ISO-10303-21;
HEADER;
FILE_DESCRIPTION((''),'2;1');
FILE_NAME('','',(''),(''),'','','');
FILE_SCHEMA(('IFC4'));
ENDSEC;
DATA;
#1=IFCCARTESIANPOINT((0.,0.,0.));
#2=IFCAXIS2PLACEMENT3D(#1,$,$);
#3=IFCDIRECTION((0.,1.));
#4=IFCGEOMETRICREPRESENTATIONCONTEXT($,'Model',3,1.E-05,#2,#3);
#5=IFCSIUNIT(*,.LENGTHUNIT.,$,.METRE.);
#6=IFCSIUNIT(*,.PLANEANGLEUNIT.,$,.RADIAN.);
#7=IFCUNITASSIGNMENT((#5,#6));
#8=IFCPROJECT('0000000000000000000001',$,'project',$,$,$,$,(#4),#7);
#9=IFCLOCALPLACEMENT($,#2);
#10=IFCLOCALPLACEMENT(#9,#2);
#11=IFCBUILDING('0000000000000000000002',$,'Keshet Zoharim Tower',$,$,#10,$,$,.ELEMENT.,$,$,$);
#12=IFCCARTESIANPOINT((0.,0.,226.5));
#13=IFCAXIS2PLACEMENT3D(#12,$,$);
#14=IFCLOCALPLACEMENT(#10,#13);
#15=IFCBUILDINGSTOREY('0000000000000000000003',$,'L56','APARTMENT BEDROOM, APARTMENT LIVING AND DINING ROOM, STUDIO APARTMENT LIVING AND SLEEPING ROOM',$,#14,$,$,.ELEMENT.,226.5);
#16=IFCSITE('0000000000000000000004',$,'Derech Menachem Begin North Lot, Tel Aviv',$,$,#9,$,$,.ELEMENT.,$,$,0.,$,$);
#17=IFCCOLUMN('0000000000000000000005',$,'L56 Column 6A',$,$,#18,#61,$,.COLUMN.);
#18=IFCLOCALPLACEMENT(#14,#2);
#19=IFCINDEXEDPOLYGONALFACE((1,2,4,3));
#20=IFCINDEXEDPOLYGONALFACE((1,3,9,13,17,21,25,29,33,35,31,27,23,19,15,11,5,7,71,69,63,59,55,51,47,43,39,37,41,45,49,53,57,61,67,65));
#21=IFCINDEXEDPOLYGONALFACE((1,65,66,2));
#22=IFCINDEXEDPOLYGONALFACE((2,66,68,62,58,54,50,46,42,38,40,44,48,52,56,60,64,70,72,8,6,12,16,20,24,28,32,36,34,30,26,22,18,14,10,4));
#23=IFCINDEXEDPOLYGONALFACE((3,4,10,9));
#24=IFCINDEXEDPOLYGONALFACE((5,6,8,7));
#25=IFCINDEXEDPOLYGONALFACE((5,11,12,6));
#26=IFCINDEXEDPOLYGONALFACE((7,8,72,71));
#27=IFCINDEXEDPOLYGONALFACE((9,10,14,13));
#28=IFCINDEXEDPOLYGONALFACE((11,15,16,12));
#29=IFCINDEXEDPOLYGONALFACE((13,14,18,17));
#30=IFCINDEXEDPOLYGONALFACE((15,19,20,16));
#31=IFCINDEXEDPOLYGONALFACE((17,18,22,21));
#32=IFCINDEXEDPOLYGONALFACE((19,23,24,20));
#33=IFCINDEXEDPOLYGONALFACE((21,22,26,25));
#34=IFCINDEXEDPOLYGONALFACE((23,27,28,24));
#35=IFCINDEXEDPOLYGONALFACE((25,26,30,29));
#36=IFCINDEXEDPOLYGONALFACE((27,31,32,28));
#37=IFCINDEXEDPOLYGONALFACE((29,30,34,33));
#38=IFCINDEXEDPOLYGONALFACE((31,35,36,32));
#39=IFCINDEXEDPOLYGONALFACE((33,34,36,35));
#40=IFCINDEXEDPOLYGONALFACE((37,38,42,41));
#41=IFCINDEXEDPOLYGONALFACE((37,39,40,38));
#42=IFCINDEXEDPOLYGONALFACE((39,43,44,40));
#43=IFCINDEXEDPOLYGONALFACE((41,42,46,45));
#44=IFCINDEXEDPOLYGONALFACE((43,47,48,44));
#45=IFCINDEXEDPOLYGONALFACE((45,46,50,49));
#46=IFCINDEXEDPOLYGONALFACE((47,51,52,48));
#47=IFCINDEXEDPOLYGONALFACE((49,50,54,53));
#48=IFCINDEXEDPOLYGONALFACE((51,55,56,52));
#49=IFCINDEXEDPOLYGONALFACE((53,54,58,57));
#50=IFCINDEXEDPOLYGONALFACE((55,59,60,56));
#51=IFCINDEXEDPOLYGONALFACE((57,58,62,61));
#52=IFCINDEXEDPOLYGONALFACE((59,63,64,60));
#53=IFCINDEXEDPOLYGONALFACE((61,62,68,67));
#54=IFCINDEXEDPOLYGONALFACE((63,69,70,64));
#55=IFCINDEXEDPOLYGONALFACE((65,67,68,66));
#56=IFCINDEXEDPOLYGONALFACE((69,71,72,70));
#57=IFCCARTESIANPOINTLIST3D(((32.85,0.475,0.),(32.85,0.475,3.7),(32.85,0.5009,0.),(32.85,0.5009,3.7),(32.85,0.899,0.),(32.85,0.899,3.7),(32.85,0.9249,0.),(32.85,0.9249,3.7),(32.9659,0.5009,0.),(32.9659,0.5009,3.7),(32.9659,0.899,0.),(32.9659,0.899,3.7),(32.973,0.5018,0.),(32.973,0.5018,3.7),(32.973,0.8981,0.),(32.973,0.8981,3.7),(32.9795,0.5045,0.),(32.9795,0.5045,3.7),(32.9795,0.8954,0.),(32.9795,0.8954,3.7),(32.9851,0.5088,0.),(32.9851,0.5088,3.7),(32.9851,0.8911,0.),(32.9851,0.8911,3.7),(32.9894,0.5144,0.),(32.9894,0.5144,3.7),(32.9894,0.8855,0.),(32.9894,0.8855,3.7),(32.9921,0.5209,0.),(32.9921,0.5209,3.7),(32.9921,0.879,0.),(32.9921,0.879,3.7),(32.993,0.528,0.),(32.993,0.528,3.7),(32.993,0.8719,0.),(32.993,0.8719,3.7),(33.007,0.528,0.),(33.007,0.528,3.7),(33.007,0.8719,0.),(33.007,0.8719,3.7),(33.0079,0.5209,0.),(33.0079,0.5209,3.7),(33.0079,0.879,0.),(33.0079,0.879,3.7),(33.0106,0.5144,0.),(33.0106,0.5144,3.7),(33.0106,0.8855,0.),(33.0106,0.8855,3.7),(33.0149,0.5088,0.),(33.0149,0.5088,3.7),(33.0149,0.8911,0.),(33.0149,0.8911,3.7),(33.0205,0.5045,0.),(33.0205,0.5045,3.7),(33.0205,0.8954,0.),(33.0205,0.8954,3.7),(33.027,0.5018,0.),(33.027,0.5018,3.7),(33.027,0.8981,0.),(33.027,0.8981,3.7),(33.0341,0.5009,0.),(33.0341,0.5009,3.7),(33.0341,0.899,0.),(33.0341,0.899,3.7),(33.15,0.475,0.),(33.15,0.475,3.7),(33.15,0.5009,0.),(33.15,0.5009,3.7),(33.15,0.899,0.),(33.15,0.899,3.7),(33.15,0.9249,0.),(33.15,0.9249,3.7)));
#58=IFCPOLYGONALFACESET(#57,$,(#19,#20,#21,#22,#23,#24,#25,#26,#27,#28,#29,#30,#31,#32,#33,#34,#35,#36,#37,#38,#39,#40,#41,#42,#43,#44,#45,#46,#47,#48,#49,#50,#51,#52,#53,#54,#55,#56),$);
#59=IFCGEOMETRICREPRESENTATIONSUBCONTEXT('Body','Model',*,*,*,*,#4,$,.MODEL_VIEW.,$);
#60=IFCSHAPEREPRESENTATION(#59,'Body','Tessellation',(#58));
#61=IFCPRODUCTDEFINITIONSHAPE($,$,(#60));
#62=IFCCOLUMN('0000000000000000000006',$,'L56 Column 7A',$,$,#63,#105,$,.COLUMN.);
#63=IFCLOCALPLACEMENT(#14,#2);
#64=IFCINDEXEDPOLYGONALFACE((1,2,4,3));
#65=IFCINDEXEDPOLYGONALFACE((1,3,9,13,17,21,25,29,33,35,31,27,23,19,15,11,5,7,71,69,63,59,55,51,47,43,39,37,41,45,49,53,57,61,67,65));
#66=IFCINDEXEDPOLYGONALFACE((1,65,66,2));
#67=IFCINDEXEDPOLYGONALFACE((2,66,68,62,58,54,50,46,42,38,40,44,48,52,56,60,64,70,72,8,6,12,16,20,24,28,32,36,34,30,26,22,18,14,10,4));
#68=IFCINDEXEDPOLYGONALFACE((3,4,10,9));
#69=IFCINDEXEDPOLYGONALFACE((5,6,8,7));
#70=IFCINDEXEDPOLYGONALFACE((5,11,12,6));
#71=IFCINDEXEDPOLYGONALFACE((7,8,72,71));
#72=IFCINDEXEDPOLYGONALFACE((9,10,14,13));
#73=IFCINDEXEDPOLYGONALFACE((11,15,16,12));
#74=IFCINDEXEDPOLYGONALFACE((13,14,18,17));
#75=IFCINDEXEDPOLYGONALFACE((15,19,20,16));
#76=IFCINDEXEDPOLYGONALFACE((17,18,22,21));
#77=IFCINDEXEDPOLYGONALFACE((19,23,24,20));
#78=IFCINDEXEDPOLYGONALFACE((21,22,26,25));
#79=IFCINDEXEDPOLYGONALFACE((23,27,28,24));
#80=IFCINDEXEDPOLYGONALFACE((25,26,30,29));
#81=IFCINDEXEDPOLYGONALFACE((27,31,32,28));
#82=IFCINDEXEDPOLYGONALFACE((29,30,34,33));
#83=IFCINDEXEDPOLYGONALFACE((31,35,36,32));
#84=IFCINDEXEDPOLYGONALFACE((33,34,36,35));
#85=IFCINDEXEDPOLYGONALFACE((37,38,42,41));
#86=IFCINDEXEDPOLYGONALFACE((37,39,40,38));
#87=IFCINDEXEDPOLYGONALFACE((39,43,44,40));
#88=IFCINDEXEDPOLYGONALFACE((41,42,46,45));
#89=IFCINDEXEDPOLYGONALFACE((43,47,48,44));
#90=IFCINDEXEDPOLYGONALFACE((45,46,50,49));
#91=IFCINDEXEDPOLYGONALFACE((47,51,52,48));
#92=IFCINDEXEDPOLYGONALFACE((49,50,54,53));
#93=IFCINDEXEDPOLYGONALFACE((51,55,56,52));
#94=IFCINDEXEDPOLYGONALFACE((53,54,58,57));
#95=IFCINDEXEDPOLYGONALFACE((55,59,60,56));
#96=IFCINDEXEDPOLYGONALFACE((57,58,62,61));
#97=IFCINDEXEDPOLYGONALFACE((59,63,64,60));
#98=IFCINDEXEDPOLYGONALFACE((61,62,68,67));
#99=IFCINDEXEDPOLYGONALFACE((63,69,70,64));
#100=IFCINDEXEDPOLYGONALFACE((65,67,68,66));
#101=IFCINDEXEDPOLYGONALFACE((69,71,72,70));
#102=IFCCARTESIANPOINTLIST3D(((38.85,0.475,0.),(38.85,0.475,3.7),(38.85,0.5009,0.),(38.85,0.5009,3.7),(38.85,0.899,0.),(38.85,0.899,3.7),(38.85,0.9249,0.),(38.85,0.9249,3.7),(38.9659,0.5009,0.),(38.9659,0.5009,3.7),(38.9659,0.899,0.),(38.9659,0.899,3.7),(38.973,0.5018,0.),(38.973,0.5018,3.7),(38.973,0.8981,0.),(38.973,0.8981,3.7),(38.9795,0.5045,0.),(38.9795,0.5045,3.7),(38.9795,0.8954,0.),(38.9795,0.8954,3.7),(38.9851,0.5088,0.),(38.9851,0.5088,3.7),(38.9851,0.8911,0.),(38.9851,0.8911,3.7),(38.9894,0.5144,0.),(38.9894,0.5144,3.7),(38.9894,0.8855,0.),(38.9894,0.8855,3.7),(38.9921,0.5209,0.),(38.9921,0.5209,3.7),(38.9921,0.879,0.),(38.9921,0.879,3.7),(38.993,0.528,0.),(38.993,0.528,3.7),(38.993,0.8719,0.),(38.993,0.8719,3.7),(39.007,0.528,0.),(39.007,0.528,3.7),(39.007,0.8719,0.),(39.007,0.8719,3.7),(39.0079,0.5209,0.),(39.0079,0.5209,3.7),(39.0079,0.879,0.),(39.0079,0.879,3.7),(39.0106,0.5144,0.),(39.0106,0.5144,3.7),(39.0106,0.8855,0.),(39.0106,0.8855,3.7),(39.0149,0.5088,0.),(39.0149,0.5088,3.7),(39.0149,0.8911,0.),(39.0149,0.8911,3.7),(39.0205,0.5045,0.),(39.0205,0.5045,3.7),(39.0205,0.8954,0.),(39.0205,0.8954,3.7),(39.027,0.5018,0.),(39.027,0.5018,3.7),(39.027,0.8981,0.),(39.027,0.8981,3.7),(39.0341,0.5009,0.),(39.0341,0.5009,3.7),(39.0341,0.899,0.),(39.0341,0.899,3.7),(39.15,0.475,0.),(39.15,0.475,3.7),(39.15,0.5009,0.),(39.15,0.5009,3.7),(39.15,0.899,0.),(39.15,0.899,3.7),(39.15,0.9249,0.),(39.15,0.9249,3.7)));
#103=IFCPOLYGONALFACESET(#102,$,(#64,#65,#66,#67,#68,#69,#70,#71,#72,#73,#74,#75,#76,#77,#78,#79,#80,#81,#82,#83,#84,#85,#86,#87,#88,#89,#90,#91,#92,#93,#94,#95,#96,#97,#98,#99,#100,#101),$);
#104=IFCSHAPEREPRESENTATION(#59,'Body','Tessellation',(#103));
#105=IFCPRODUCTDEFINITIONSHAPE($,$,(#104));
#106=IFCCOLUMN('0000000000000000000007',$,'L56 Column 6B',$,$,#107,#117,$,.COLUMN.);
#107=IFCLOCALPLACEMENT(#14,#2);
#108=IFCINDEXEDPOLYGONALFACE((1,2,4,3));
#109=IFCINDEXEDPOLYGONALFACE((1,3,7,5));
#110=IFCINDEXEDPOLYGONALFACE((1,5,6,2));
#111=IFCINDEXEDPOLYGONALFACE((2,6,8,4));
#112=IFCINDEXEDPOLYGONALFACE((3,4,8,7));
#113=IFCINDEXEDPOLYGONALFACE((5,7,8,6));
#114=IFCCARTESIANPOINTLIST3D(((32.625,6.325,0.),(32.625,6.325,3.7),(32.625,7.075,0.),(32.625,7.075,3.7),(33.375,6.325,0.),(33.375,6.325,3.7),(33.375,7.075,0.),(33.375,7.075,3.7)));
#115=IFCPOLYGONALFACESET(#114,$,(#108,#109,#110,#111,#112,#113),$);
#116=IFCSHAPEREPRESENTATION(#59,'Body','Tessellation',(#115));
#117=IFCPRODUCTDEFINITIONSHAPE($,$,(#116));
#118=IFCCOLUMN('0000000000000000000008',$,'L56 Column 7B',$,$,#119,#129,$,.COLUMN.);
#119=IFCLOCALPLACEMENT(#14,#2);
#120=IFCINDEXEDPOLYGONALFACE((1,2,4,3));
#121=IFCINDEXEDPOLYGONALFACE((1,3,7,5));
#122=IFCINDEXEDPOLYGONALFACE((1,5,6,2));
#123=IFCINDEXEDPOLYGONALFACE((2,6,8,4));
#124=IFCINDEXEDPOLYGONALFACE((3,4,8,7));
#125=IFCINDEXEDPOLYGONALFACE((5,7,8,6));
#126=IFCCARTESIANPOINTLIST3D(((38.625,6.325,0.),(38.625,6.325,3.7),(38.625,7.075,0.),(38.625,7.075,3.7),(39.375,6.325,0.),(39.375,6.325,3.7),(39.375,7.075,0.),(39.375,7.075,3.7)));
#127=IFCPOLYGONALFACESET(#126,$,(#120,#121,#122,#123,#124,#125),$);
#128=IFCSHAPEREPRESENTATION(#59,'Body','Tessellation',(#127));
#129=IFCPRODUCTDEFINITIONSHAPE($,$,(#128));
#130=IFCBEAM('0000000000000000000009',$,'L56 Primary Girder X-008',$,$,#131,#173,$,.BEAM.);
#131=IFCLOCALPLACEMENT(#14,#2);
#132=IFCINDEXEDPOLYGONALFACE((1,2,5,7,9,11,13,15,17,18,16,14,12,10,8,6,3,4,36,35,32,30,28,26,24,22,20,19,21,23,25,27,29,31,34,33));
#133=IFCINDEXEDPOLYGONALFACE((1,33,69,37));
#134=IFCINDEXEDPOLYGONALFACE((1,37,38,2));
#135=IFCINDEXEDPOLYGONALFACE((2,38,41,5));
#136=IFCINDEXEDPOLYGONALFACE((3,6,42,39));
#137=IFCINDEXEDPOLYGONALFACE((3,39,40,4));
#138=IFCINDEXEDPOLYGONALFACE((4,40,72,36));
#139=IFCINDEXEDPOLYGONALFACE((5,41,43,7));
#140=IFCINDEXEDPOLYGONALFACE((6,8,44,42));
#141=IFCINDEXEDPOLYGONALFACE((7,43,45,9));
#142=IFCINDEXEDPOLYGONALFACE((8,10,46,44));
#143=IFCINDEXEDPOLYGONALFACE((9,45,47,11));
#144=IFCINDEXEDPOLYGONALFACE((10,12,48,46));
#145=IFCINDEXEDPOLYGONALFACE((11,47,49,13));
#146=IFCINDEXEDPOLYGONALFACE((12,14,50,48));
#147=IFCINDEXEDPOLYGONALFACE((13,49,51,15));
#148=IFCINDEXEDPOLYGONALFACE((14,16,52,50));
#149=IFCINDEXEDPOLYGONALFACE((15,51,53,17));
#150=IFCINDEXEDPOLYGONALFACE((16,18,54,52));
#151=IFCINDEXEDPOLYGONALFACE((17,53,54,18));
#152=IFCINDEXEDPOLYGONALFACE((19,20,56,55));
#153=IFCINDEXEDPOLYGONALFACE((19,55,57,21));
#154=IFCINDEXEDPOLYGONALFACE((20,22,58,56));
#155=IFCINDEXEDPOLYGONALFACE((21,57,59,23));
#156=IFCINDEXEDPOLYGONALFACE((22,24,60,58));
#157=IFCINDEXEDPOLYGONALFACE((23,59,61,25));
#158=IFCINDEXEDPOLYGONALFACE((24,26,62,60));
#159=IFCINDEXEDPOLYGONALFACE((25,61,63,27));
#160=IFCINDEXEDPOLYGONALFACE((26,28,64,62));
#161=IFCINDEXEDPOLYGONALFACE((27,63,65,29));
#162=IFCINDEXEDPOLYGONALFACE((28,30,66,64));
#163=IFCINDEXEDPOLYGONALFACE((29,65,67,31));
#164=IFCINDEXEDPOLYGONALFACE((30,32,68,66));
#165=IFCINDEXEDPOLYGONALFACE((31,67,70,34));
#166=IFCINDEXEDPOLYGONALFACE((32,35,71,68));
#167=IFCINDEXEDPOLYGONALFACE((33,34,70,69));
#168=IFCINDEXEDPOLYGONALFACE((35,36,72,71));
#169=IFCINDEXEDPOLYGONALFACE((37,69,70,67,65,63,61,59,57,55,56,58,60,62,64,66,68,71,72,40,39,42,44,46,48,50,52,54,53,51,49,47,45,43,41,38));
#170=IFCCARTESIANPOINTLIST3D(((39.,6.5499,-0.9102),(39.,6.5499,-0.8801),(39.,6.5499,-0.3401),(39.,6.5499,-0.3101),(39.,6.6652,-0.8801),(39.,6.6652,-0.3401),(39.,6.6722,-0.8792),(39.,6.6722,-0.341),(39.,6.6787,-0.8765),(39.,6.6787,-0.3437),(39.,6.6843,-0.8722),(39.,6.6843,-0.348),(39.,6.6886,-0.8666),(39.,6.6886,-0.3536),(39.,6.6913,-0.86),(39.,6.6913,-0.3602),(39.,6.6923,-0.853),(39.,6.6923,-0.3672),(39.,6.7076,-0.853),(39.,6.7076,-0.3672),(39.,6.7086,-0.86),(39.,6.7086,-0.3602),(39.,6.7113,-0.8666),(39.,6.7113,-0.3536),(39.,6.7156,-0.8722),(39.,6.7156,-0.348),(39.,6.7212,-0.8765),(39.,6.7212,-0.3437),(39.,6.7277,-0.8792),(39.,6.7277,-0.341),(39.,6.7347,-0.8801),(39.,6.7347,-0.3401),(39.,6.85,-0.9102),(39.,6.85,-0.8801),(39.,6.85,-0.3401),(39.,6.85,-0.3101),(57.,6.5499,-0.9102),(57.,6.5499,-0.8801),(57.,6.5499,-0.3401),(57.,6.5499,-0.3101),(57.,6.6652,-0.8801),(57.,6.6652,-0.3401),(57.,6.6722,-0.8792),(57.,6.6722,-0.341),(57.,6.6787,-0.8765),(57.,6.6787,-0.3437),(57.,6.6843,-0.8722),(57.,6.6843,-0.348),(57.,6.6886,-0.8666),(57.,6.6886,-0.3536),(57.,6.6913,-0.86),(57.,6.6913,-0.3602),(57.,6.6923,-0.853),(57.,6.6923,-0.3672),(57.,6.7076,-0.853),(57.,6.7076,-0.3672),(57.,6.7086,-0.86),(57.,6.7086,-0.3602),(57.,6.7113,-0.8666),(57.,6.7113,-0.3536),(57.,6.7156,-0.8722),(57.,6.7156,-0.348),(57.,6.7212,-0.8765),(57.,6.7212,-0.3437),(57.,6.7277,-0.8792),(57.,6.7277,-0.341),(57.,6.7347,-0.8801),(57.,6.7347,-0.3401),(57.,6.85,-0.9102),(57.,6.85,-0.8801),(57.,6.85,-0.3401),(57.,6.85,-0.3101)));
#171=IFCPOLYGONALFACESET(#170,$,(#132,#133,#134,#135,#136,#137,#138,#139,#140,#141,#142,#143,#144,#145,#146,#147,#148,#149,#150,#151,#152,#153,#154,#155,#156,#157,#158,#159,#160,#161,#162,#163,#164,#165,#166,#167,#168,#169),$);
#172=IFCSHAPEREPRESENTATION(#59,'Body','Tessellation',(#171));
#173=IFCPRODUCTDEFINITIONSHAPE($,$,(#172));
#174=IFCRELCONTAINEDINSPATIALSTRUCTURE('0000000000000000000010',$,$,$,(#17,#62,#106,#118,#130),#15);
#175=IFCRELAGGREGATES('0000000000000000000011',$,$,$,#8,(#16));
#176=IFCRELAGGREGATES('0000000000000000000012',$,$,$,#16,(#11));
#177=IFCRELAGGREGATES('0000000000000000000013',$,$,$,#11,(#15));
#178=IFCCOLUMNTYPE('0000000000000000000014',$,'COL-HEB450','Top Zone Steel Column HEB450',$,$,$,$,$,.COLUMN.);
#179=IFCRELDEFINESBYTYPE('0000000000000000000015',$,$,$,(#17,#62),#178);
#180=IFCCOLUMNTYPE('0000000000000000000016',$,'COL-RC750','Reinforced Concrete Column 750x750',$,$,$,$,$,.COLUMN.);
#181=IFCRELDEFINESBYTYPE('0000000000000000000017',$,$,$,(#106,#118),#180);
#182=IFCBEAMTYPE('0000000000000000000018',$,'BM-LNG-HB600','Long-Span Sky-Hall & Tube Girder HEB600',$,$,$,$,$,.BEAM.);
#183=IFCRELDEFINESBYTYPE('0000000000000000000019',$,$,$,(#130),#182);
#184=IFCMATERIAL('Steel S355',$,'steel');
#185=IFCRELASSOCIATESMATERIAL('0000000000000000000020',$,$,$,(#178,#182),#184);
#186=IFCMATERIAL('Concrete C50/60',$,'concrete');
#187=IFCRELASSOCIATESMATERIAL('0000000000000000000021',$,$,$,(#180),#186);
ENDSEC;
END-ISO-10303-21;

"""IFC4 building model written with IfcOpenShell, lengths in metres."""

from ifc_helpers import new_model, si_unit, direction, frame, origin, origin_2d, place, context, subcontext, project, spatial, rectangle, i_section, extrude, material, material_profile, profile_set, type_object, element, save


model = new_model("IFC4")

# Units and contexts
model_context = context("Model", 3, precision=1e-05, world=origin(), true_north=direction((0.0, 1.0)))
body_context = subcontext(model_context, "Body", "Model", "MODEL_VIEW")
ifc_project = project(units=[si_unit("LENGTHUNIT", "METRE"), si_unit("PLANEANGLEUNIT", "RADIAN")], contexts=[model_context])

# Site, building, storey
site_placement = place(None, origin())
site = spatial("IfcSite", under=ifc_project, at=site_placement, Name="Derech Menachem Begin North Lot, Tel Aviv", CompositionType="ELEMENT", RefElevation=0.0)
building_placement = place(site_placement, origin())
building = spatial("IfcBuilding", under=site, at=building_placement, Name="Keshet Zoharim Tower", CompositionType="ELEMENT")
storey_placement = place(building_placement, frame((0.0, 0.0, 226.5)))
storey = spatial("IfcBuildingStorey", under=building, at=storey_placement, Name="L56", Description="APARTMENT BEDROOM, APARTMENT LIVING AND DINING ROOM, STUDIO APARTMENT LIVING AND SLEEPING ROOM", CompositionType="ELEMENT", Elevation=226.5)

# Columns
ifc_material_1 = material(Name="Steel S355", Category="steel")
ifc_material_profile_1 = material_profile(ifc_material_1, i_section(OverallWidth=0.3, OverallDepth=0.45, WebThickness=0.0139, FlangeThickness=0.0259, FilletRadius=0.0271, at=origin_2d()), Name="HEB450")
ifc_profile_set_1 = profile_set([ifc_material_profile_1], Name="Steel S355")
column_type_1 = type_object("IfcColumnType", Name="COL-HEB450", Description="Top Zone Steel Column HEB450", PredefinedType="COLUMN", material=ifc_profile_set_1)
for number, where, z_axis, x_axis, name in (
    (1, (33.0, 0.7, 0.0), (0.0, 0.0, 1.0), (1.0, 0.0, 0.0), "L56 Column 6A"),
    (2, (39.0, 0.7, 0.0), (0.0, 0.0, 1.0), (1.0, 0.0, 0.0), "L56 Column 7A"),
):
    element("IfcColumn", number, at=place(storey_placement, frame(where, z_axis=z_axis, x_axis=x_axis)), inside=storey, type_object=column_type_1, Name=name, PredefinedType="COLUMN", context=body_context, shape_type="SweptSolid", body=[
        extrude(i_section(OverallWidth=0.3, OverallDepth=0.45, WebThickness=0.0139, FlangeThickness=0.0259, FilletRadius=0.0271, at=origin_2d()), origin(), (0.0, 0.0, 1.0), 3.7),
    ])
ifc_material_2 = material(Name="Concrete C50/60", Category="concrete")
ifc_material_profile_2 = material_profile(ifc_material_2, rectangle(XDim=0.75, YDim=0.75, at=origin_2d()), Name="RC750x750")
ifc_profile_set_2 = profile_set([ifc_material_profile_2], Name="Concrete C50/60")
column_type_2 = type_object("IfcColumnType", Name="COL-RC750", Description="Reinforced Concrete Column 750x750", PredefinedType="COLUMN", material=ifc_profile_set_2)
for number, where, z_axis, x_axis, name in (
    (3, (33.0, 6.7, 0.0), (0.0, 0.0, 1.0), (1.0, 0.0, 0.0), "L56 Column 6B"),
    (4, (39.0, 6.7, 0.0), (0.0, 0.0, 1.0), (1.0, 0.0, 0.0), "L56 Column 7B"),
):
    element("IfcColumn", number, at=place(storey_placement, frame(where, z_axis=z_axis, x_axis=x_axis)), inside=storey, type_object=column_type_2, Name=name, PredefinedType="COLUMN", context=body_context, shape_type="SweptSolid", body=[
        extrude(rectangle(XDim=0.75, YDim=0.75, at=origin_2d()), origin(), (0.0, 0.0, 1.0), 3.7),
    ])

# Beam
ifc_material_profile_3 = material_profile(ifc_material_1, i_section(OverallWidth=0.3, OverallDepth=0.6001, WebThickness=0.0154, FlangeThickness=0.03, FilletRadius=0.0271, at=origin_2d()), Name="HEB600")
ifc_profile_set_3 = profile_set([ifc_material_profile_3], Name="Steel S355")
beam_type_1 = type_object("IfcBeamType", Name="BM-LNG-HB600", Description="Long-Span Sky-Hall & Tube Girder HEB600", PredefinedType="BEAM", material=ifc_profile_set_3)
beam_placement = place(storey_placement, frame((39.0, 6.7, -0.6101), z_axis=(1.0, 0.0, 0.0), x_axis=(0.0, 1.0, 0.0)))
element("IfcBeam", 5, at=beam_placement, inside=storey, type_object=beam_type_1, Name="L56 Primary Girder X-008", PredefinedType="BEAM", context=body_context, shape_type="SweptSolid", body=[
    extrude(i_section(OverallWidth=0.3, OverallDepth=0.6001, WebThickness=0.0154, FlangeThickness=0.03, FilletRadius=0.0271, at=origin_2d()), origin(), (0.0, 0.0, 1.0), 18.0),
])

save(model, "model.ifc")
